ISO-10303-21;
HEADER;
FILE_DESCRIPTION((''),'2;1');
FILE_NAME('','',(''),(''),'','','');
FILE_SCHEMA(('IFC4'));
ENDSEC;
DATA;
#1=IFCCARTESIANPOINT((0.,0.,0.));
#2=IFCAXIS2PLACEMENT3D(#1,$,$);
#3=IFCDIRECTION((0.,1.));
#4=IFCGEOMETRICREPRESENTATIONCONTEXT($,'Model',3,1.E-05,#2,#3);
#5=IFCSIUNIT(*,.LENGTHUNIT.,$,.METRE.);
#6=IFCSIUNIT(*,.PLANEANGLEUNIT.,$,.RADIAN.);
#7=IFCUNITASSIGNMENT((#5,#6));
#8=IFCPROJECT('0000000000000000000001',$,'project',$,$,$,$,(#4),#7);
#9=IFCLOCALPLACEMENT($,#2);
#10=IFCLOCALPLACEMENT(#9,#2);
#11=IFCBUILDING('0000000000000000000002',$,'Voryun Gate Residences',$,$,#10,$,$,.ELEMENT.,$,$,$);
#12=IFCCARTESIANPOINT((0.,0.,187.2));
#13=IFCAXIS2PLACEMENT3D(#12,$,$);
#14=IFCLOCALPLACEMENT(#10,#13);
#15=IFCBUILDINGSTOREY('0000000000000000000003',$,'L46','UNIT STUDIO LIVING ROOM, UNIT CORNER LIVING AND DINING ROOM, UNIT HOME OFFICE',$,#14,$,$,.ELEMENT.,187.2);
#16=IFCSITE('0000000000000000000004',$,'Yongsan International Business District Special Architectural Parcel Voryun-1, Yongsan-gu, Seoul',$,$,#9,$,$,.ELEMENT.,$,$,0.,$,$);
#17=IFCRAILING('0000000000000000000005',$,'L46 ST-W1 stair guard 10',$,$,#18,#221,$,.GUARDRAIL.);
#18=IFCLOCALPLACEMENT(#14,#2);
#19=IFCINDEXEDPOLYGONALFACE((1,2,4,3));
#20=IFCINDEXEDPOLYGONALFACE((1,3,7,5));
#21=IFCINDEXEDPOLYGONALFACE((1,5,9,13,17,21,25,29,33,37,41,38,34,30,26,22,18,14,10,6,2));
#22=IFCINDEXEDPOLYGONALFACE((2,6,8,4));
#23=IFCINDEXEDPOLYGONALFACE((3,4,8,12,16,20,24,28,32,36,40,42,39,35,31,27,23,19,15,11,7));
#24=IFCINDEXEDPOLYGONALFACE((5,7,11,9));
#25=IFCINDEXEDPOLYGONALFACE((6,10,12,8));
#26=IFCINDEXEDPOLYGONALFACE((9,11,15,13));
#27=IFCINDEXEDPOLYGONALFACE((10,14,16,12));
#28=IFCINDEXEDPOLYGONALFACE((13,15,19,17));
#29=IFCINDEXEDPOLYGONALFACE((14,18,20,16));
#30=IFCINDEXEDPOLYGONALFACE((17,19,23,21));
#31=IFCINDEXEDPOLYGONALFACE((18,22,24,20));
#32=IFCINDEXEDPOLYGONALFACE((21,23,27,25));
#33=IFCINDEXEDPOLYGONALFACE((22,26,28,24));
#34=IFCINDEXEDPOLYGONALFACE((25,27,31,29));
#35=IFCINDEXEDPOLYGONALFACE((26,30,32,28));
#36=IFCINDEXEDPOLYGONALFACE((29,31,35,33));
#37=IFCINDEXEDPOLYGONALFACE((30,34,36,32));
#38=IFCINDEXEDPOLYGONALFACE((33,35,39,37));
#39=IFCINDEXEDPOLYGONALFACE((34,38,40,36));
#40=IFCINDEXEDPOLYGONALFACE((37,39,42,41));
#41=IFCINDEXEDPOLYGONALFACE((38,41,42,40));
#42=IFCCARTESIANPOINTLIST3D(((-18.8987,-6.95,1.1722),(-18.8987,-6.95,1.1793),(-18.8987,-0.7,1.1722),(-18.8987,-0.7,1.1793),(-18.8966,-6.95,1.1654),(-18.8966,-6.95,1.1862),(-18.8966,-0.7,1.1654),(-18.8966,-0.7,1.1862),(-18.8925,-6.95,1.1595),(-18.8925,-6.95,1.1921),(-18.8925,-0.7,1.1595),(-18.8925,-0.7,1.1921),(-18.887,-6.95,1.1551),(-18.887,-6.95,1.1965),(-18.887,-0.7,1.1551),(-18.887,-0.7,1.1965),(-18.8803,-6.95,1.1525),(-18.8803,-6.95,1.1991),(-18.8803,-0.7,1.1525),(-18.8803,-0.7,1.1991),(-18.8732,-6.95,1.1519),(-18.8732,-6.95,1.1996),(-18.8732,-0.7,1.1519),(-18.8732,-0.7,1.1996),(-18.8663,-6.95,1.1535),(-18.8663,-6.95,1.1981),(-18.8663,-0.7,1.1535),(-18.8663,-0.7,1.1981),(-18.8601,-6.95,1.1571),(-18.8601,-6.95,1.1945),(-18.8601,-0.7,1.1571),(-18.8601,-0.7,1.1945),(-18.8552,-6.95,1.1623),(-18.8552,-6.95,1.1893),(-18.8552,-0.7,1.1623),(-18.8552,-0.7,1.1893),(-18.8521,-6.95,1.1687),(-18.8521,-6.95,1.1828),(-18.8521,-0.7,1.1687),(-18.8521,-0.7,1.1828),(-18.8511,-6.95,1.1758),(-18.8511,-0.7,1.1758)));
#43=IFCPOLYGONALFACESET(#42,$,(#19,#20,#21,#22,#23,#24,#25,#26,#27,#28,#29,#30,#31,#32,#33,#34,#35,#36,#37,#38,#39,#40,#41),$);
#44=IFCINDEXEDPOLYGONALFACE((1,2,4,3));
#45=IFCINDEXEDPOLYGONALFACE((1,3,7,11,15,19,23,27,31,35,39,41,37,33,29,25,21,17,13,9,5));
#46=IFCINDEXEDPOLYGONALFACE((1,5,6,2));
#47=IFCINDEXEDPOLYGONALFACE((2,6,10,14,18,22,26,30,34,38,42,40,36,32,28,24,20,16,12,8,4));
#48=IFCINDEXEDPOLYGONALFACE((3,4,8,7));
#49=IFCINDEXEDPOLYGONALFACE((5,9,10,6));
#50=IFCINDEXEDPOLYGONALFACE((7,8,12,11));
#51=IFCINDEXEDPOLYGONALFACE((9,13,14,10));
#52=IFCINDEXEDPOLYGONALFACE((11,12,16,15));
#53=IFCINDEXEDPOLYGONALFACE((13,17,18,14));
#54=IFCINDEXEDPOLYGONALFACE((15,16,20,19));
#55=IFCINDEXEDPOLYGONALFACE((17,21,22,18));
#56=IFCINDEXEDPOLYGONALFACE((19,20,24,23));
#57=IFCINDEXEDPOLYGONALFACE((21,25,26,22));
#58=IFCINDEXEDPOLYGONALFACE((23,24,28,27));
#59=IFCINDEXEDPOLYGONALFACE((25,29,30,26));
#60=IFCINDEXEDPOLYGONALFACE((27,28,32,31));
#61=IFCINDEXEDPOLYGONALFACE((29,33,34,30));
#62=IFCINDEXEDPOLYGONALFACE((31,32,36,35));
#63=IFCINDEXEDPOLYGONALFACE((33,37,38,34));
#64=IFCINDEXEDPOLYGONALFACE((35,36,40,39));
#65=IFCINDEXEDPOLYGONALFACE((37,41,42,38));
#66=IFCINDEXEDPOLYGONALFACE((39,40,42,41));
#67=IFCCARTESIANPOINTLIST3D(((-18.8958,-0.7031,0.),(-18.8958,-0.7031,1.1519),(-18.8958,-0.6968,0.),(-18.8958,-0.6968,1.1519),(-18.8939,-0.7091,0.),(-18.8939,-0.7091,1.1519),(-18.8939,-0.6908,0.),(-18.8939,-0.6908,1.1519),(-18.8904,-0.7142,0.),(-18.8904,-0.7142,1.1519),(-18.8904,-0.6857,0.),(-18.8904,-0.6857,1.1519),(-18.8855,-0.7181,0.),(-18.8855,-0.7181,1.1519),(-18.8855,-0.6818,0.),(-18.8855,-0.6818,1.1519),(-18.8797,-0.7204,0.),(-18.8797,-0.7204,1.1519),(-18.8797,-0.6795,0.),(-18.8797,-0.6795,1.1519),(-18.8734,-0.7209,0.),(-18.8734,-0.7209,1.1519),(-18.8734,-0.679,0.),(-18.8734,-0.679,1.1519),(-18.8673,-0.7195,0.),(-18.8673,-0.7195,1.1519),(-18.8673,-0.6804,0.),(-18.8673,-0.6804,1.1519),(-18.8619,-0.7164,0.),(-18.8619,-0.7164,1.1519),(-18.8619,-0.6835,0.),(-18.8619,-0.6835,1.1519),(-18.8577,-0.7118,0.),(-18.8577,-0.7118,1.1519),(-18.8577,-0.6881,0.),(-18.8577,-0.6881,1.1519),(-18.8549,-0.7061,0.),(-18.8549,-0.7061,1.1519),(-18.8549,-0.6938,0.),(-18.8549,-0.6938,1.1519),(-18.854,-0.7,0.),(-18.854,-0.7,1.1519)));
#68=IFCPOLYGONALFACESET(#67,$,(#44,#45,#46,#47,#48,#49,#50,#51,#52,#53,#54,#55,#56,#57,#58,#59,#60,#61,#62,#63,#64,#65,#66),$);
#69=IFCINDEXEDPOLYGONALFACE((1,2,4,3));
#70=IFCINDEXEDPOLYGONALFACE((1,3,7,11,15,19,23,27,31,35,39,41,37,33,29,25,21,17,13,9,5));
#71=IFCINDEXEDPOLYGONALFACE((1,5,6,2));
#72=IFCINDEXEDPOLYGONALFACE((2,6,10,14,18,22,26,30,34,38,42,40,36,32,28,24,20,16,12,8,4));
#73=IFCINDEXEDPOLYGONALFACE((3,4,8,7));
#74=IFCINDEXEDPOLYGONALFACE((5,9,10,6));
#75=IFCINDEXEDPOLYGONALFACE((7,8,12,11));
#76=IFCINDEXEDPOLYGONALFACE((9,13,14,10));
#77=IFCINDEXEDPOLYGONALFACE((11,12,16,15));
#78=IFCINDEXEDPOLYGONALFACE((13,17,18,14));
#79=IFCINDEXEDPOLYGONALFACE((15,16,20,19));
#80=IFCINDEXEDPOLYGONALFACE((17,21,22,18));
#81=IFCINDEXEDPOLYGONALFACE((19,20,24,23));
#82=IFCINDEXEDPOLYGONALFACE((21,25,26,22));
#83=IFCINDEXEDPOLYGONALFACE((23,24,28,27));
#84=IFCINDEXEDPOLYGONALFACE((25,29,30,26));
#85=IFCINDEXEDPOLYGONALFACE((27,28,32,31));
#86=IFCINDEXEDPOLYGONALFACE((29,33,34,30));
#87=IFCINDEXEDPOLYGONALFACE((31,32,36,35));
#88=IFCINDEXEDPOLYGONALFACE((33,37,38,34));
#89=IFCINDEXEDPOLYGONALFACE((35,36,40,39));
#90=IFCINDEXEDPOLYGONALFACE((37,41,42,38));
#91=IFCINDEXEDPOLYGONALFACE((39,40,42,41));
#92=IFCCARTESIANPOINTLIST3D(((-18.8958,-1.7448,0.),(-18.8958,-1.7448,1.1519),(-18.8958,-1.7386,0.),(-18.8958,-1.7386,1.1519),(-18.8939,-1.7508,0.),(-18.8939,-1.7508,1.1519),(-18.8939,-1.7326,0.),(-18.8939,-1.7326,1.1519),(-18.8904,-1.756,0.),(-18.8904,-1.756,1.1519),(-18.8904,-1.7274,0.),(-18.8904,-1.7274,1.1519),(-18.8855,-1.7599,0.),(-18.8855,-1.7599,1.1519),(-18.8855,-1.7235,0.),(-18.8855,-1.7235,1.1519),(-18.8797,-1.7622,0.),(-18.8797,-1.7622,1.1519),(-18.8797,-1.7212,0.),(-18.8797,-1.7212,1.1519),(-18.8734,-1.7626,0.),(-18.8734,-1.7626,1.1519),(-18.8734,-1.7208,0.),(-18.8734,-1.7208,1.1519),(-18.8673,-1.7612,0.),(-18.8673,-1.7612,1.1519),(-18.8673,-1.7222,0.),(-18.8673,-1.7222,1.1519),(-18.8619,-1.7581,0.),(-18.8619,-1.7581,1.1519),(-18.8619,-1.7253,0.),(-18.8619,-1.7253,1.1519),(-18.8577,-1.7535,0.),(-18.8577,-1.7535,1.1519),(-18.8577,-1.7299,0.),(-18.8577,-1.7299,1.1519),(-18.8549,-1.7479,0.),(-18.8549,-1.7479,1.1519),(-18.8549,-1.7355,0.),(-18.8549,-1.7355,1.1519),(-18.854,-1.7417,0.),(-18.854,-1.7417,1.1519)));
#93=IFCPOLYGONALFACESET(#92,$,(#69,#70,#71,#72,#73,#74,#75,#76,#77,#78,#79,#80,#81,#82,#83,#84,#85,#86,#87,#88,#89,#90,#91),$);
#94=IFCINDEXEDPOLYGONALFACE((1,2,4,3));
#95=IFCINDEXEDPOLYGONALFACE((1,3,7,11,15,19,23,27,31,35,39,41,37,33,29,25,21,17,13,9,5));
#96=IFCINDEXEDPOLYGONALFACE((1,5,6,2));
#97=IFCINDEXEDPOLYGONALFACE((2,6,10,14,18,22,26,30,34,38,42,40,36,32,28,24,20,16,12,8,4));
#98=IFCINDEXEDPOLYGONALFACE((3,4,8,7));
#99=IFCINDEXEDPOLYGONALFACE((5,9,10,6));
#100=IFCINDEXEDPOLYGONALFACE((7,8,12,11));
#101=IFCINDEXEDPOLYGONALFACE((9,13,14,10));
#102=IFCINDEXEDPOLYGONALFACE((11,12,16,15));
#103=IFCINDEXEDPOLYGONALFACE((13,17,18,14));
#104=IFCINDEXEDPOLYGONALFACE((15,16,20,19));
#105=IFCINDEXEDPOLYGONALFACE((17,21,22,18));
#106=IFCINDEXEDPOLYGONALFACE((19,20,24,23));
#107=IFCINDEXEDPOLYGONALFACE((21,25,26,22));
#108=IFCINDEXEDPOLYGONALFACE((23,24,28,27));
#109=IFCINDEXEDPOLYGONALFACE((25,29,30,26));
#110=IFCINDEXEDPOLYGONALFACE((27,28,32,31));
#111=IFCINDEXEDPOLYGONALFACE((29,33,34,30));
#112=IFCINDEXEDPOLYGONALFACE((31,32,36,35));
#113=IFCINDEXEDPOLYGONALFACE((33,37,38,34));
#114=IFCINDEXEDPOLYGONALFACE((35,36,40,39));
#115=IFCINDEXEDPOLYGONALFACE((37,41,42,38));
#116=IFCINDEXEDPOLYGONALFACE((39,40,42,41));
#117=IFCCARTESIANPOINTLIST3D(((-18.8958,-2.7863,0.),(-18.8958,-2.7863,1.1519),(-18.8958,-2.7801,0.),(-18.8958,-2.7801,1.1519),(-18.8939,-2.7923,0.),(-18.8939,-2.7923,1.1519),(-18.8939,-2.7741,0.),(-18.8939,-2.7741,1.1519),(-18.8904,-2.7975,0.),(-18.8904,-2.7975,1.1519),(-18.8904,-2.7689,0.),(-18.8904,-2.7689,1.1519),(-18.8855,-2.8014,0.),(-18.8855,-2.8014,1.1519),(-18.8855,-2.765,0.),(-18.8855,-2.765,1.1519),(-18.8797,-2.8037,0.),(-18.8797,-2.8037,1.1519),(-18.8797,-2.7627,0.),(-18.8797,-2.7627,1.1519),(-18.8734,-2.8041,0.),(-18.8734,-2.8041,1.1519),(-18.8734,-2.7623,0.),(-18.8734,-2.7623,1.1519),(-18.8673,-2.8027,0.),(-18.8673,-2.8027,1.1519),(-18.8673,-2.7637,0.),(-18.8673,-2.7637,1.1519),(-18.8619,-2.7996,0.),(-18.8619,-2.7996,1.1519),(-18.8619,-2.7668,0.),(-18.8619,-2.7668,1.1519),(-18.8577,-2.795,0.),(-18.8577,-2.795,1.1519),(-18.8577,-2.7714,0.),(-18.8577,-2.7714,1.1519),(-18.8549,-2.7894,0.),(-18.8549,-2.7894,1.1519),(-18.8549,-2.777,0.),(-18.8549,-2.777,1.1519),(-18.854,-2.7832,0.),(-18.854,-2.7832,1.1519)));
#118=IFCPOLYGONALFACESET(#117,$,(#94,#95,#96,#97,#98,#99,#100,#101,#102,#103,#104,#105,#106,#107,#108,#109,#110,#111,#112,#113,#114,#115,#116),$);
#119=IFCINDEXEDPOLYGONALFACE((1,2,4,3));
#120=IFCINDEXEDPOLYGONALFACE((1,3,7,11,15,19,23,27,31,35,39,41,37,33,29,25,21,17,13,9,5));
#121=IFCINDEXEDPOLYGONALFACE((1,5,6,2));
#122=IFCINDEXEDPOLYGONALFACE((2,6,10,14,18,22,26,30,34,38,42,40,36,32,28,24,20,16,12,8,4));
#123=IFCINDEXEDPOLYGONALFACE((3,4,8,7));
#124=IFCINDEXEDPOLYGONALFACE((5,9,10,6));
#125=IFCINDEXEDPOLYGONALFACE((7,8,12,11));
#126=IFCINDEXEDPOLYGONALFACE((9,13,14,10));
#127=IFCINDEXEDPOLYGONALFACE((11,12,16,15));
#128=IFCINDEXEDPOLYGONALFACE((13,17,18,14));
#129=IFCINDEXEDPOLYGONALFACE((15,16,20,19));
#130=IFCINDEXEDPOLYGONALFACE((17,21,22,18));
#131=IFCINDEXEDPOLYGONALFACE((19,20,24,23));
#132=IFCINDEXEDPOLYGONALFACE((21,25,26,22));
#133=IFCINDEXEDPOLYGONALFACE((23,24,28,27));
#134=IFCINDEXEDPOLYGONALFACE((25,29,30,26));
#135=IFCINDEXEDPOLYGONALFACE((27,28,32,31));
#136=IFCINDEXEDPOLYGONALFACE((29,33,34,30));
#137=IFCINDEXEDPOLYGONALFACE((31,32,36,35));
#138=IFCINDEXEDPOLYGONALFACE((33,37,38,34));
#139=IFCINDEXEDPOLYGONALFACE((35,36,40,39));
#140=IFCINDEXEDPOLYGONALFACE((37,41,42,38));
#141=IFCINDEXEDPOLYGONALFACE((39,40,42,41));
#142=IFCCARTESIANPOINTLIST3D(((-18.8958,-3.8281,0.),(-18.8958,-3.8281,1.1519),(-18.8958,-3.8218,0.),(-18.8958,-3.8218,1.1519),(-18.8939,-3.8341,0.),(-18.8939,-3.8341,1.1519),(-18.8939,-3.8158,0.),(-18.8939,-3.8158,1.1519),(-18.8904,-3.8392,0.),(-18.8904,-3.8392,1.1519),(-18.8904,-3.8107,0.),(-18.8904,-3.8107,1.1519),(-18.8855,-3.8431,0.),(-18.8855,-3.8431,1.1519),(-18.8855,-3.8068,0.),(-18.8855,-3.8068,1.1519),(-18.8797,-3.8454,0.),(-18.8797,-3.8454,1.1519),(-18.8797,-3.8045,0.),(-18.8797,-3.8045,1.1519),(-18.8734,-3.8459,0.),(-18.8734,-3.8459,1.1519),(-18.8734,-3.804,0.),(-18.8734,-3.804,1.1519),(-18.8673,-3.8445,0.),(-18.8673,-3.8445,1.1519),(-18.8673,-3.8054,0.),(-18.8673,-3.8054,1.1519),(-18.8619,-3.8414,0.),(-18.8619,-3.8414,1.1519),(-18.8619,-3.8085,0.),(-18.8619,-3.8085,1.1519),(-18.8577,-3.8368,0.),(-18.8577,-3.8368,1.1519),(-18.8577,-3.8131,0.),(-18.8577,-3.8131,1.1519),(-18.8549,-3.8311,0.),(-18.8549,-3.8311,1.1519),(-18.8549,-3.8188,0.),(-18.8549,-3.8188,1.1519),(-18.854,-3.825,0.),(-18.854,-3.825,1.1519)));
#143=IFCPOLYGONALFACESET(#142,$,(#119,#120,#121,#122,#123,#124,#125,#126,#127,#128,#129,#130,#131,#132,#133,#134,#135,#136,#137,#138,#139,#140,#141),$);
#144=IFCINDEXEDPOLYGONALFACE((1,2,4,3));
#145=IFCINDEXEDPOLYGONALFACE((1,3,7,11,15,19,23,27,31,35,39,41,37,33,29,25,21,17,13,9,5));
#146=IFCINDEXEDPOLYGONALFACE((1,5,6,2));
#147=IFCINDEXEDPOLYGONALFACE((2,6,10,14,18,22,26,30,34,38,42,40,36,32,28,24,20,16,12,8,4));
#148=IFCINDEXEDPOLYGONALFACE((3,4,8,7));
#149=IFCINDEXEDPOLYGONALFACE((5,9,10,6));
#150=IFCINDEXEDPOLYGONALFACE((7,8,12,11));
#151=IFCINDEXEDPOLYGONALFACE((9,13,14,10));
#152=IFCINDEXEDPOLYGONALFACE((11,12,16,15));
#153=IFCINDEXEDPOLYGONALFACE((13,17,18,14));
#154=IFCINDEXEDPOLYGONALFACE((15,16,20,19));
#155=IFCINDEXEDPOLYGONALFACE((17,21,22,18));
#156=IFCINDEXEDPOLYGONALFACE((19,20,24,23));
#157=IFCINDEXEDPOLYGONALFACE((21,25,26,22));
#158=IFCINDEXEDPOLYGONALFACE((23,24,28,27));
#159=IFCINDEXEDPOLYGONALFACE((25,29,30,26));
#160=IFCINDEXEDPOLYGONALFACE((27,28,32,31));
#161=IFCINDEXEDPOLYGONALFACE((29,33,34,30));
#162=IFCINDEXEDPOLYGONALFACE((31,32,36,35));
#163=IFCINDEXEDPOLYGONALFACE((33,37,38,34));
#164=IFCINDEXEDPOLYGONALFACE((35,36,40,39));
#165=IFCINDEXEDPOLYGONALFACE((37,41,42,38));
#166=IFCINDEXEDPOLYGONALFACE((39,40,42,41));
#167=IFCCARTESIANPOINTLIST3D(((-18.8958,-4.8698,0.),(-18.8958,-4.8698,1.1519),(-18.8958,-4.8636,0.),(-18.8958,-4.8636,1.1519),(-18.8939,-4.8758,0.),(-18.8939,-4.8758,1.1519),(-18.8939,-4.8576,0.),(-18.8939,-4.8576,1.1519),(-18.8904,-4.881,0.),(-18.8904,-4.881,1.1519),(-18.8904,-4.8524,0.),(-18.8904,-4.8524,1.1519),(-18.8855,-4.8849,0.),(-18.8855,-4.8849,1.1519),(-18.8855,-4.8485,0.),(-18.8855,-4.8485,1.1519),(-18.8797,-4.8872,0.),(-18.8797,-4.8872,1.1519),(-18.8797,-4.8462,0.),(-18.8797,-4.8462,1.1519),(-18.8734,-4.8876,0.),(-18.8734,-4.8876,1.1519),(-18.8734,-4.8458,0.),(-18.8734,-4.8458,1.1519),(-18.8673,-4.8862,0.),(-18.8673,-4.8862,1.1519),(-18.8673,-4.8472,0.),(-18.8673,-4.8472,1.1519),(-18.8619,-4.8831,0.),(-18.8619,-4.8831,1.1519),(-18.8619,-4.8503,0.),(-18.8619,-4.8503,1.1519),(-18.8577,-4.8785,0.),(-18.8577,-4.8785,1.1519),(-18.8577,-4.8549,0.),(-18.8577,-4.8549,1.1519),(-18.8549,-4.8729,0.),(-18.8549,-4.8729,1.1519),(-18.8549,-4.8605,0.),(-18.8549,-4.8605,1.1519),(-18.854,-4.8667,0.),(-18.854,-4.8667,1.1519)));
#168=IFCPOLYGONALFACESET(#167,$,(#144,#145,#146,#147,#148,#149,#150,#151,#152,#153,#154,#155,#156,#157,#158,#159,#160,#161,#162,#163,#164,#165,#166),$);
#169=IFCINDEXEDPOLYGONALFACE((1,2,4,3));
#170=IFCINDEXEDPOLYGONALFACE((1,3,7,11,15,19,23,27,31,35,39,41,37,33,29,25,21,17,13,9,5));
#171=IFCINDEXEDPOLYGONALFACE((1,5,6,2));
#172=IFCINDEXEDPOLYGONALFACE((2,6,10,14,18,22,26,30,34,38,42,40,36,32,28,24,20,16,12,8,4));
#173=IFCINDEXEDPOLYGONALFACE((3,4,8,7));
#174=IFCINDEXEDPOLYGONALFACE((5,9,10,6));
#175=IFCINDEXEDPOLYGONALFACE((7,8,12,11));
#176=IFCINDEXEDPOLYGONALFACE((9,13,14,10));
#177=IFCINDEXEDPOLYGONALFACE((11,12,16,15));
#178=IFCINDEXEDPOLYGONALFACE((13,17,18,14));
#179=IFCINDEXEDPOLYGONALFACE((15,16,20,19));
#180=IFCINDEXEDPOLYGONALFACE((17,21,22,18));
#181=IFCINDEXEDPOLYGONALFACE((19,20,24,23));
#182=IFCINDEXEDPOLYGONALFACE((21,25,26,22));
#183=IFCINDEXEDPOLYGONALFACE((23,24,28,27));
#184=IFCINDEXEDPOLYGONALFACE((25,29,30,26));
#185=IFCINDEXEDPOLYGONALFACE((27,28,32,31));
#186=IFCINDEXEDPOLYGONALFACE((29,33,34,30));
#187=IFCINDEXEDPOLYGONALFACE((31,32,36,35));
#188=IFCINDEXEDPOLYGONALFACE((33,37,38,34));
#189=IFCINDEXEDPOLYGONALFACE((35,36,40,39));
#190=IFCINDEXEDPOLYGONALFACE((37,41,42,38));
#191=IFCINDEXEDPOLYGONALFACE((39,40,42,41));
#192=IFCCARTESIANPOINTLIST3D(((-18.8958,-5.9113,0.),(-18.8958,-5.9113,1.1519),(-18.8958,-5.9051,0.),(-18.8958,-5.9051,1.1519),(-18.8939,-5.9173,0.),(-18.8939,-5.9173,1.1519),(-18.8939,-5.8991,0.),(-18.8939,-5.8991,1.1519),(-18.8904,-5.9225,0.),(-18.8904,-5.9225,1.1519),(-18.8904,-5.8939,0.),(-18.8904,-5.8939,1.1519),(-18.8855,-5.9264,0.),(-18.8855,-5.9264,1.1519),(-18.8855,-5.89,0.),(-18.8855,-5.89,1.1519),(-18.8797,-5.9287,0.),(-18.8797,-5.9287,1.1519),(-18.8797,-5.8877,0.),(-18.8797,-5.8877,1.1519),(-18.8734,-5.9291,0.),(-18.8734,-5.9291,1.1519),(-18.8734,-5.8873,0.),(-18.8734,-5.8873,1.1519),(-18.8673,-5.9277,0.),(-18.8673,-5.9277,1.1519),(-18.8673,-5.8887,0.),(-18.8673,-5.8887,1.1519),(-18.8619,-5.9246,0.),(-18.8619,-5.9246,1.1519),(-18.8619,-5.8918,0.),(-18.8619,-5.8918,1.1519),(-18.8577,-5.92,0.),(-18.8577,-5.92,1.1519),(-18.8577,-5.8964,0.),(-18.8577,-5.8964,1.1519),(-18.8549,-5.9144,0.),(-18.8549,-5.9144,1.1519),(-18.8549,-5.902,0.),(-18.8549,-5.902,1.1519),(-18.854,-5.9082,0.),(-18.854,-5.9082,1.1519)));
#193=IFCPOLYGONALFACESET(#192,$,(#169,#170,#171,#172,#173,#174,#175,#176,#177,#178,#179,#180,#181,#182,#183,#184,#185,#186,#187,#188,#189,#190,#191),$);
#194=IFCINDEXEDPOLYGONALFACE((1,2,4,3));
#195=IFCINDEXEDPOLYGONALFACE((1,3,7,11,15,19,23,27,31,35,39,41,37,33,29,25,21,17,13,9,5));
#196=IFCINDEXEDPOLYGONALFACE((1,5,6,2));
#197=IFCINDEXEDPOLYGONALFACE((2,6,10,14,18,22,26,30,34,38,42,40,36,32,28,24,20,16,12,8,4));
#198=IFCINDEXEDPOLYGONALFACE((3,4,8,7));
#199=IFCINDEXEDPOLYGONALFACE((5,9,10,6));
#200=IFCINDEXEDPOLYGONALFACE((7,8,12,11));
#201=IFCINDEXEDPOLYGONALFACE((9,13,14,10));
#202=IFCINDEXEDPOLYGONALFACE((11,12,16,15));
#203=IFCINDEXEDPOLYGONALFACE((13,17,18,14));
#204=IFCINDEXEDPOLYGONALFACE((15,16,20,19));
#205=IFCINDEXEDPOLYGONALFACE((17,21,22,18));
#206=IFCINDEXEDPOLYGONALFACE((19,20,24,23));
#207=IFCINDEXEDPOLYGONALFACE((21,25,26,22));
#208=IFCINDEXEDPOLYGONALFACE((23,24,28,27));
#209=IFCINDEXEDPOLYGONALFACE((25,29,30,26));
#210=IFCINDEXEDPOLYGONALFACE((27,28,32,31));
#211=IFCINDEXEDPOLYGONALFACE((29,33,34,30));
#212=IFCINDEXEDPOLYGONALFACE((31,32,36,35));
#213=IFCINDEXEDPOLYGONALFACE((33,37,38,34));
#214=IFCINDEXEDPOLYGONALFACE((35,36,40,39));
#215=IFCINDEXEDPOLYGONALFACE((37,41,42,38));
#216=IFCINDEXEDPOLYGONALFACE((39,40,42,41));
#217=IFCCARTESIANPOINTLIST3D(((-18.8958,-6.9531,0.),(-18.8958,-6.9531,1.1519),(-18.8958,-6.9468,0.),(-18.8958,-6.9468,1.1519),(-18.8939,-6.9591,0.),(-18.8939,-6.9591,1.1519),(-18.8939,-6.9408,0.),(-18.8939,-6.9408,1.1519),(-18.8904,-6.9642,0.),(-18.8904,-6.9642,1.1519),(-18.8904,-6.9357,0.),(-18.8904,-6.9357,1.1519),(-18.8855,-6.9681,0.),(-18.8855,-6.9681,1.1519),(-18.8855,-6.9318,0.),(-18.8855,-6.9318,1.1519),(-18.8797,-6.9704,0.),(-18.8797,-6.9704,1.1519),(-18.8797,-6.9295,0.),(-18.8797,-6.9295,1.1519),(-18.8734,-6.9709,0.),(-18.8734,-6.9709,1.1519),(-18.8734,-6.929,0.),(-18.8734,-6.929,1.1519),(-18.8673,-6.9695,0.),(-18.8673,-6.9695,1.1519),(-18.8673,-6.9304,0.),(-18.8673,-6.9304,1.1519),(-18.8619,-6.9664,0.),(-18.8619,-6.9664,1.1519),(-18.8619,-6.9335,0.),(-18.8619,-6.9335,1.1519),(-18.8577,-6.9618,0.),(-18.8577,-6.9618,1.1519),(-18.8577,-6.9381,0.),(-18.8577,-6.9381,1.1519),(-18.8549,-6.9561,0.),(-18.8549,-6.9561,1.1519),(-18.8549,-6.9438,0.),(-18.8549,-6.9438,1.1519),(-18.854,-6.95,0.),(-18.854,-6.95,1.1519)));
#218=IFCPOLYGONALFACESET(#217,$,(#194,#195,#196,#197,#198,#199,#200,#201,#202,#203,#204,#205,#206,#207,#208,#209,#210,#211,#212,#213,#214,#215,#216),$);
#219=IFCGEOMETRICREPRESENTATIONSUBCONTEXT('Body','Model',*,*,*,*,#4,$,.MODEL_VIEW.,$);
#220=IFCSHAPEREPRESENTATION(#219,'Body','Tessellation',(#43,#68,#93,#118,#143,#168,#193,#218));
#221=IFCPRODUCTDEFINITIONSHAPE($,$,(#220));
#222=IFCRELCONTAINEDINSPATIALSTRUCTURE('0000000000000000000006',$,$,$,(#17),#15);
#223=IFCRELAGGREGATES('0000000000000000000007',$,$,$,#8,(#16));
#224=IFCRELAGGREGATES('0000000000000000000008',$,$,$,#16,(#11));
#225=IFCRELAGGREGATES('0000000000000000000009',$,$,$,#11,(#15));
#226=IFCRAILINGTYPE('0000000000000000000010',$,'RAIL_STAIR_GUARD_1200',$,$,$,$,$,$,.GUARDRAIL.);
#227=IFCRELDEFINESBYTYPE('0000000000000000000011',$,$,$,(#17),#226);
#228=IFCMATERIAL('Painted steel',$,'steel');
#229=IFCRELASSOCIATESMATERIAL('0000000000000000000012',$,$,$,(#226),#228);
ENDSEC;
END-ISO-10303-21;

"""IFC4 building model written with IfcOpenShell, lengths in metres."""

from ifc_helpers import new_model, si_unit, direction, frame, origin, origin_2d, place, context, subcontext, project, spatial, circle, extrude, material, type_object, element, save


model = new_model("IFC4")

# Units and contexts
model_context = context("Model", 3, precision=1e-05, world=origin(), true_north=direction((0.0, 1.0)))
body_context = subcontext(model_context, "Body", "Model", "MODEL_VIEW")
ifc_project = project(units=[si_unit("LENGTHUNIT", "METRE"), si_unit("PLANEANGLEUNIT", "RADIAN")], contexts=[model_context])

# Site, building, storey
site_placement = place(None, origin())
site = spatial("IfcSite", under=ifc_project, at=site_placement, Name="Yongsan International Business District Special Architectural Parcel Voryun-1, Yongsan-gu, Seoul", CompositionType="ELEMENT", RefElevation=0.0)
building_placement = place(site_placement, origin())
building = spatial("IfcBuilding", under=site, at=building_placement, Name="Voryun Gate Residences", CompositionType="ELEMENT")
storey_placement = place(building_placement, frame((0.0, 0.0, 187.2)))
storey = spatial("IfcBuildingStorey", under=building, at=storey_placement, Name="L46", Description="UNIT STUDIO LIVING ROOM, UNIT CORNER LIVING AND DINING ROOM, UNIT HOME OFFICE", CompositionType="ELEMENT", Elevation=187.2)

# Railing
ifc_material_1 = material(Name="Painted steel", Category="steel")
railing_type = type_object("IfcRailingType", Name="RAIL_STAIR_GUARD_1200", PredefinedType="GUARDRAIL", material=ifc_material_1)
railing_1_placement = place(storey_placement, frame((-18.875, -0.7, 0.0)))
element("IfcRailing", 1, at=railing_1_placement, inside=storey, type_object=railing_type, Name="L46 ST-W1 stair guard 10", PredefinedType="GUARDRAIL", context=body_context, shape_type="SweptSolid", body=[
    extrude(circle(Radius=0.0239, at=origin_2d()), frame((0.0, 0.0, 1.1758), z_axis=(0.0, -1.0, 0.0), x_axis=(1.0, 0.0, 0.0)), (0.0, 0.0, 1.0), 6.25),
    extrude(circle(Radius=0.021, at=origin_2d()), origin(), (0.0, 0.0, 1.0), 1.1519),
    extrude(circle(Radius=0.021, at=origin_2d()), frame((0.0, -1.0417, 0.0)), (0.0, 0.0, 1.0), 1.1519),
    extrude(circle(Radius=0.021, at=origin_2d()), frame((0.0, -2.0833, 0.0)), (0.0, 0.0, 1.0), 1.1519),
    extrude(circle(Radius=0.021, at=origin_2d()), frame((0.0, -3.125, 0.0)), (0.0, 0.0, 1.0), 1.1519),
    extrude(circle(Radius=0.021, at=origin_2d()), frame((0.0, -4.1667, 0.0)), (0.0, 0.0, 1.0), 1.1519),
    extrude(circle(Radius=0.021, at=origin_2d()), frame((0.0, -5.2083, 0.0)), (0.0, 0.0, 1.0), 1.1519),
    extrude(circle(Radius=0.021, at=origin_2d()), frame((0.0, -6.25, 0.0)), (0.0, 0.0, 1.0), 1.1519),
])

save(model, "model.ifc")
